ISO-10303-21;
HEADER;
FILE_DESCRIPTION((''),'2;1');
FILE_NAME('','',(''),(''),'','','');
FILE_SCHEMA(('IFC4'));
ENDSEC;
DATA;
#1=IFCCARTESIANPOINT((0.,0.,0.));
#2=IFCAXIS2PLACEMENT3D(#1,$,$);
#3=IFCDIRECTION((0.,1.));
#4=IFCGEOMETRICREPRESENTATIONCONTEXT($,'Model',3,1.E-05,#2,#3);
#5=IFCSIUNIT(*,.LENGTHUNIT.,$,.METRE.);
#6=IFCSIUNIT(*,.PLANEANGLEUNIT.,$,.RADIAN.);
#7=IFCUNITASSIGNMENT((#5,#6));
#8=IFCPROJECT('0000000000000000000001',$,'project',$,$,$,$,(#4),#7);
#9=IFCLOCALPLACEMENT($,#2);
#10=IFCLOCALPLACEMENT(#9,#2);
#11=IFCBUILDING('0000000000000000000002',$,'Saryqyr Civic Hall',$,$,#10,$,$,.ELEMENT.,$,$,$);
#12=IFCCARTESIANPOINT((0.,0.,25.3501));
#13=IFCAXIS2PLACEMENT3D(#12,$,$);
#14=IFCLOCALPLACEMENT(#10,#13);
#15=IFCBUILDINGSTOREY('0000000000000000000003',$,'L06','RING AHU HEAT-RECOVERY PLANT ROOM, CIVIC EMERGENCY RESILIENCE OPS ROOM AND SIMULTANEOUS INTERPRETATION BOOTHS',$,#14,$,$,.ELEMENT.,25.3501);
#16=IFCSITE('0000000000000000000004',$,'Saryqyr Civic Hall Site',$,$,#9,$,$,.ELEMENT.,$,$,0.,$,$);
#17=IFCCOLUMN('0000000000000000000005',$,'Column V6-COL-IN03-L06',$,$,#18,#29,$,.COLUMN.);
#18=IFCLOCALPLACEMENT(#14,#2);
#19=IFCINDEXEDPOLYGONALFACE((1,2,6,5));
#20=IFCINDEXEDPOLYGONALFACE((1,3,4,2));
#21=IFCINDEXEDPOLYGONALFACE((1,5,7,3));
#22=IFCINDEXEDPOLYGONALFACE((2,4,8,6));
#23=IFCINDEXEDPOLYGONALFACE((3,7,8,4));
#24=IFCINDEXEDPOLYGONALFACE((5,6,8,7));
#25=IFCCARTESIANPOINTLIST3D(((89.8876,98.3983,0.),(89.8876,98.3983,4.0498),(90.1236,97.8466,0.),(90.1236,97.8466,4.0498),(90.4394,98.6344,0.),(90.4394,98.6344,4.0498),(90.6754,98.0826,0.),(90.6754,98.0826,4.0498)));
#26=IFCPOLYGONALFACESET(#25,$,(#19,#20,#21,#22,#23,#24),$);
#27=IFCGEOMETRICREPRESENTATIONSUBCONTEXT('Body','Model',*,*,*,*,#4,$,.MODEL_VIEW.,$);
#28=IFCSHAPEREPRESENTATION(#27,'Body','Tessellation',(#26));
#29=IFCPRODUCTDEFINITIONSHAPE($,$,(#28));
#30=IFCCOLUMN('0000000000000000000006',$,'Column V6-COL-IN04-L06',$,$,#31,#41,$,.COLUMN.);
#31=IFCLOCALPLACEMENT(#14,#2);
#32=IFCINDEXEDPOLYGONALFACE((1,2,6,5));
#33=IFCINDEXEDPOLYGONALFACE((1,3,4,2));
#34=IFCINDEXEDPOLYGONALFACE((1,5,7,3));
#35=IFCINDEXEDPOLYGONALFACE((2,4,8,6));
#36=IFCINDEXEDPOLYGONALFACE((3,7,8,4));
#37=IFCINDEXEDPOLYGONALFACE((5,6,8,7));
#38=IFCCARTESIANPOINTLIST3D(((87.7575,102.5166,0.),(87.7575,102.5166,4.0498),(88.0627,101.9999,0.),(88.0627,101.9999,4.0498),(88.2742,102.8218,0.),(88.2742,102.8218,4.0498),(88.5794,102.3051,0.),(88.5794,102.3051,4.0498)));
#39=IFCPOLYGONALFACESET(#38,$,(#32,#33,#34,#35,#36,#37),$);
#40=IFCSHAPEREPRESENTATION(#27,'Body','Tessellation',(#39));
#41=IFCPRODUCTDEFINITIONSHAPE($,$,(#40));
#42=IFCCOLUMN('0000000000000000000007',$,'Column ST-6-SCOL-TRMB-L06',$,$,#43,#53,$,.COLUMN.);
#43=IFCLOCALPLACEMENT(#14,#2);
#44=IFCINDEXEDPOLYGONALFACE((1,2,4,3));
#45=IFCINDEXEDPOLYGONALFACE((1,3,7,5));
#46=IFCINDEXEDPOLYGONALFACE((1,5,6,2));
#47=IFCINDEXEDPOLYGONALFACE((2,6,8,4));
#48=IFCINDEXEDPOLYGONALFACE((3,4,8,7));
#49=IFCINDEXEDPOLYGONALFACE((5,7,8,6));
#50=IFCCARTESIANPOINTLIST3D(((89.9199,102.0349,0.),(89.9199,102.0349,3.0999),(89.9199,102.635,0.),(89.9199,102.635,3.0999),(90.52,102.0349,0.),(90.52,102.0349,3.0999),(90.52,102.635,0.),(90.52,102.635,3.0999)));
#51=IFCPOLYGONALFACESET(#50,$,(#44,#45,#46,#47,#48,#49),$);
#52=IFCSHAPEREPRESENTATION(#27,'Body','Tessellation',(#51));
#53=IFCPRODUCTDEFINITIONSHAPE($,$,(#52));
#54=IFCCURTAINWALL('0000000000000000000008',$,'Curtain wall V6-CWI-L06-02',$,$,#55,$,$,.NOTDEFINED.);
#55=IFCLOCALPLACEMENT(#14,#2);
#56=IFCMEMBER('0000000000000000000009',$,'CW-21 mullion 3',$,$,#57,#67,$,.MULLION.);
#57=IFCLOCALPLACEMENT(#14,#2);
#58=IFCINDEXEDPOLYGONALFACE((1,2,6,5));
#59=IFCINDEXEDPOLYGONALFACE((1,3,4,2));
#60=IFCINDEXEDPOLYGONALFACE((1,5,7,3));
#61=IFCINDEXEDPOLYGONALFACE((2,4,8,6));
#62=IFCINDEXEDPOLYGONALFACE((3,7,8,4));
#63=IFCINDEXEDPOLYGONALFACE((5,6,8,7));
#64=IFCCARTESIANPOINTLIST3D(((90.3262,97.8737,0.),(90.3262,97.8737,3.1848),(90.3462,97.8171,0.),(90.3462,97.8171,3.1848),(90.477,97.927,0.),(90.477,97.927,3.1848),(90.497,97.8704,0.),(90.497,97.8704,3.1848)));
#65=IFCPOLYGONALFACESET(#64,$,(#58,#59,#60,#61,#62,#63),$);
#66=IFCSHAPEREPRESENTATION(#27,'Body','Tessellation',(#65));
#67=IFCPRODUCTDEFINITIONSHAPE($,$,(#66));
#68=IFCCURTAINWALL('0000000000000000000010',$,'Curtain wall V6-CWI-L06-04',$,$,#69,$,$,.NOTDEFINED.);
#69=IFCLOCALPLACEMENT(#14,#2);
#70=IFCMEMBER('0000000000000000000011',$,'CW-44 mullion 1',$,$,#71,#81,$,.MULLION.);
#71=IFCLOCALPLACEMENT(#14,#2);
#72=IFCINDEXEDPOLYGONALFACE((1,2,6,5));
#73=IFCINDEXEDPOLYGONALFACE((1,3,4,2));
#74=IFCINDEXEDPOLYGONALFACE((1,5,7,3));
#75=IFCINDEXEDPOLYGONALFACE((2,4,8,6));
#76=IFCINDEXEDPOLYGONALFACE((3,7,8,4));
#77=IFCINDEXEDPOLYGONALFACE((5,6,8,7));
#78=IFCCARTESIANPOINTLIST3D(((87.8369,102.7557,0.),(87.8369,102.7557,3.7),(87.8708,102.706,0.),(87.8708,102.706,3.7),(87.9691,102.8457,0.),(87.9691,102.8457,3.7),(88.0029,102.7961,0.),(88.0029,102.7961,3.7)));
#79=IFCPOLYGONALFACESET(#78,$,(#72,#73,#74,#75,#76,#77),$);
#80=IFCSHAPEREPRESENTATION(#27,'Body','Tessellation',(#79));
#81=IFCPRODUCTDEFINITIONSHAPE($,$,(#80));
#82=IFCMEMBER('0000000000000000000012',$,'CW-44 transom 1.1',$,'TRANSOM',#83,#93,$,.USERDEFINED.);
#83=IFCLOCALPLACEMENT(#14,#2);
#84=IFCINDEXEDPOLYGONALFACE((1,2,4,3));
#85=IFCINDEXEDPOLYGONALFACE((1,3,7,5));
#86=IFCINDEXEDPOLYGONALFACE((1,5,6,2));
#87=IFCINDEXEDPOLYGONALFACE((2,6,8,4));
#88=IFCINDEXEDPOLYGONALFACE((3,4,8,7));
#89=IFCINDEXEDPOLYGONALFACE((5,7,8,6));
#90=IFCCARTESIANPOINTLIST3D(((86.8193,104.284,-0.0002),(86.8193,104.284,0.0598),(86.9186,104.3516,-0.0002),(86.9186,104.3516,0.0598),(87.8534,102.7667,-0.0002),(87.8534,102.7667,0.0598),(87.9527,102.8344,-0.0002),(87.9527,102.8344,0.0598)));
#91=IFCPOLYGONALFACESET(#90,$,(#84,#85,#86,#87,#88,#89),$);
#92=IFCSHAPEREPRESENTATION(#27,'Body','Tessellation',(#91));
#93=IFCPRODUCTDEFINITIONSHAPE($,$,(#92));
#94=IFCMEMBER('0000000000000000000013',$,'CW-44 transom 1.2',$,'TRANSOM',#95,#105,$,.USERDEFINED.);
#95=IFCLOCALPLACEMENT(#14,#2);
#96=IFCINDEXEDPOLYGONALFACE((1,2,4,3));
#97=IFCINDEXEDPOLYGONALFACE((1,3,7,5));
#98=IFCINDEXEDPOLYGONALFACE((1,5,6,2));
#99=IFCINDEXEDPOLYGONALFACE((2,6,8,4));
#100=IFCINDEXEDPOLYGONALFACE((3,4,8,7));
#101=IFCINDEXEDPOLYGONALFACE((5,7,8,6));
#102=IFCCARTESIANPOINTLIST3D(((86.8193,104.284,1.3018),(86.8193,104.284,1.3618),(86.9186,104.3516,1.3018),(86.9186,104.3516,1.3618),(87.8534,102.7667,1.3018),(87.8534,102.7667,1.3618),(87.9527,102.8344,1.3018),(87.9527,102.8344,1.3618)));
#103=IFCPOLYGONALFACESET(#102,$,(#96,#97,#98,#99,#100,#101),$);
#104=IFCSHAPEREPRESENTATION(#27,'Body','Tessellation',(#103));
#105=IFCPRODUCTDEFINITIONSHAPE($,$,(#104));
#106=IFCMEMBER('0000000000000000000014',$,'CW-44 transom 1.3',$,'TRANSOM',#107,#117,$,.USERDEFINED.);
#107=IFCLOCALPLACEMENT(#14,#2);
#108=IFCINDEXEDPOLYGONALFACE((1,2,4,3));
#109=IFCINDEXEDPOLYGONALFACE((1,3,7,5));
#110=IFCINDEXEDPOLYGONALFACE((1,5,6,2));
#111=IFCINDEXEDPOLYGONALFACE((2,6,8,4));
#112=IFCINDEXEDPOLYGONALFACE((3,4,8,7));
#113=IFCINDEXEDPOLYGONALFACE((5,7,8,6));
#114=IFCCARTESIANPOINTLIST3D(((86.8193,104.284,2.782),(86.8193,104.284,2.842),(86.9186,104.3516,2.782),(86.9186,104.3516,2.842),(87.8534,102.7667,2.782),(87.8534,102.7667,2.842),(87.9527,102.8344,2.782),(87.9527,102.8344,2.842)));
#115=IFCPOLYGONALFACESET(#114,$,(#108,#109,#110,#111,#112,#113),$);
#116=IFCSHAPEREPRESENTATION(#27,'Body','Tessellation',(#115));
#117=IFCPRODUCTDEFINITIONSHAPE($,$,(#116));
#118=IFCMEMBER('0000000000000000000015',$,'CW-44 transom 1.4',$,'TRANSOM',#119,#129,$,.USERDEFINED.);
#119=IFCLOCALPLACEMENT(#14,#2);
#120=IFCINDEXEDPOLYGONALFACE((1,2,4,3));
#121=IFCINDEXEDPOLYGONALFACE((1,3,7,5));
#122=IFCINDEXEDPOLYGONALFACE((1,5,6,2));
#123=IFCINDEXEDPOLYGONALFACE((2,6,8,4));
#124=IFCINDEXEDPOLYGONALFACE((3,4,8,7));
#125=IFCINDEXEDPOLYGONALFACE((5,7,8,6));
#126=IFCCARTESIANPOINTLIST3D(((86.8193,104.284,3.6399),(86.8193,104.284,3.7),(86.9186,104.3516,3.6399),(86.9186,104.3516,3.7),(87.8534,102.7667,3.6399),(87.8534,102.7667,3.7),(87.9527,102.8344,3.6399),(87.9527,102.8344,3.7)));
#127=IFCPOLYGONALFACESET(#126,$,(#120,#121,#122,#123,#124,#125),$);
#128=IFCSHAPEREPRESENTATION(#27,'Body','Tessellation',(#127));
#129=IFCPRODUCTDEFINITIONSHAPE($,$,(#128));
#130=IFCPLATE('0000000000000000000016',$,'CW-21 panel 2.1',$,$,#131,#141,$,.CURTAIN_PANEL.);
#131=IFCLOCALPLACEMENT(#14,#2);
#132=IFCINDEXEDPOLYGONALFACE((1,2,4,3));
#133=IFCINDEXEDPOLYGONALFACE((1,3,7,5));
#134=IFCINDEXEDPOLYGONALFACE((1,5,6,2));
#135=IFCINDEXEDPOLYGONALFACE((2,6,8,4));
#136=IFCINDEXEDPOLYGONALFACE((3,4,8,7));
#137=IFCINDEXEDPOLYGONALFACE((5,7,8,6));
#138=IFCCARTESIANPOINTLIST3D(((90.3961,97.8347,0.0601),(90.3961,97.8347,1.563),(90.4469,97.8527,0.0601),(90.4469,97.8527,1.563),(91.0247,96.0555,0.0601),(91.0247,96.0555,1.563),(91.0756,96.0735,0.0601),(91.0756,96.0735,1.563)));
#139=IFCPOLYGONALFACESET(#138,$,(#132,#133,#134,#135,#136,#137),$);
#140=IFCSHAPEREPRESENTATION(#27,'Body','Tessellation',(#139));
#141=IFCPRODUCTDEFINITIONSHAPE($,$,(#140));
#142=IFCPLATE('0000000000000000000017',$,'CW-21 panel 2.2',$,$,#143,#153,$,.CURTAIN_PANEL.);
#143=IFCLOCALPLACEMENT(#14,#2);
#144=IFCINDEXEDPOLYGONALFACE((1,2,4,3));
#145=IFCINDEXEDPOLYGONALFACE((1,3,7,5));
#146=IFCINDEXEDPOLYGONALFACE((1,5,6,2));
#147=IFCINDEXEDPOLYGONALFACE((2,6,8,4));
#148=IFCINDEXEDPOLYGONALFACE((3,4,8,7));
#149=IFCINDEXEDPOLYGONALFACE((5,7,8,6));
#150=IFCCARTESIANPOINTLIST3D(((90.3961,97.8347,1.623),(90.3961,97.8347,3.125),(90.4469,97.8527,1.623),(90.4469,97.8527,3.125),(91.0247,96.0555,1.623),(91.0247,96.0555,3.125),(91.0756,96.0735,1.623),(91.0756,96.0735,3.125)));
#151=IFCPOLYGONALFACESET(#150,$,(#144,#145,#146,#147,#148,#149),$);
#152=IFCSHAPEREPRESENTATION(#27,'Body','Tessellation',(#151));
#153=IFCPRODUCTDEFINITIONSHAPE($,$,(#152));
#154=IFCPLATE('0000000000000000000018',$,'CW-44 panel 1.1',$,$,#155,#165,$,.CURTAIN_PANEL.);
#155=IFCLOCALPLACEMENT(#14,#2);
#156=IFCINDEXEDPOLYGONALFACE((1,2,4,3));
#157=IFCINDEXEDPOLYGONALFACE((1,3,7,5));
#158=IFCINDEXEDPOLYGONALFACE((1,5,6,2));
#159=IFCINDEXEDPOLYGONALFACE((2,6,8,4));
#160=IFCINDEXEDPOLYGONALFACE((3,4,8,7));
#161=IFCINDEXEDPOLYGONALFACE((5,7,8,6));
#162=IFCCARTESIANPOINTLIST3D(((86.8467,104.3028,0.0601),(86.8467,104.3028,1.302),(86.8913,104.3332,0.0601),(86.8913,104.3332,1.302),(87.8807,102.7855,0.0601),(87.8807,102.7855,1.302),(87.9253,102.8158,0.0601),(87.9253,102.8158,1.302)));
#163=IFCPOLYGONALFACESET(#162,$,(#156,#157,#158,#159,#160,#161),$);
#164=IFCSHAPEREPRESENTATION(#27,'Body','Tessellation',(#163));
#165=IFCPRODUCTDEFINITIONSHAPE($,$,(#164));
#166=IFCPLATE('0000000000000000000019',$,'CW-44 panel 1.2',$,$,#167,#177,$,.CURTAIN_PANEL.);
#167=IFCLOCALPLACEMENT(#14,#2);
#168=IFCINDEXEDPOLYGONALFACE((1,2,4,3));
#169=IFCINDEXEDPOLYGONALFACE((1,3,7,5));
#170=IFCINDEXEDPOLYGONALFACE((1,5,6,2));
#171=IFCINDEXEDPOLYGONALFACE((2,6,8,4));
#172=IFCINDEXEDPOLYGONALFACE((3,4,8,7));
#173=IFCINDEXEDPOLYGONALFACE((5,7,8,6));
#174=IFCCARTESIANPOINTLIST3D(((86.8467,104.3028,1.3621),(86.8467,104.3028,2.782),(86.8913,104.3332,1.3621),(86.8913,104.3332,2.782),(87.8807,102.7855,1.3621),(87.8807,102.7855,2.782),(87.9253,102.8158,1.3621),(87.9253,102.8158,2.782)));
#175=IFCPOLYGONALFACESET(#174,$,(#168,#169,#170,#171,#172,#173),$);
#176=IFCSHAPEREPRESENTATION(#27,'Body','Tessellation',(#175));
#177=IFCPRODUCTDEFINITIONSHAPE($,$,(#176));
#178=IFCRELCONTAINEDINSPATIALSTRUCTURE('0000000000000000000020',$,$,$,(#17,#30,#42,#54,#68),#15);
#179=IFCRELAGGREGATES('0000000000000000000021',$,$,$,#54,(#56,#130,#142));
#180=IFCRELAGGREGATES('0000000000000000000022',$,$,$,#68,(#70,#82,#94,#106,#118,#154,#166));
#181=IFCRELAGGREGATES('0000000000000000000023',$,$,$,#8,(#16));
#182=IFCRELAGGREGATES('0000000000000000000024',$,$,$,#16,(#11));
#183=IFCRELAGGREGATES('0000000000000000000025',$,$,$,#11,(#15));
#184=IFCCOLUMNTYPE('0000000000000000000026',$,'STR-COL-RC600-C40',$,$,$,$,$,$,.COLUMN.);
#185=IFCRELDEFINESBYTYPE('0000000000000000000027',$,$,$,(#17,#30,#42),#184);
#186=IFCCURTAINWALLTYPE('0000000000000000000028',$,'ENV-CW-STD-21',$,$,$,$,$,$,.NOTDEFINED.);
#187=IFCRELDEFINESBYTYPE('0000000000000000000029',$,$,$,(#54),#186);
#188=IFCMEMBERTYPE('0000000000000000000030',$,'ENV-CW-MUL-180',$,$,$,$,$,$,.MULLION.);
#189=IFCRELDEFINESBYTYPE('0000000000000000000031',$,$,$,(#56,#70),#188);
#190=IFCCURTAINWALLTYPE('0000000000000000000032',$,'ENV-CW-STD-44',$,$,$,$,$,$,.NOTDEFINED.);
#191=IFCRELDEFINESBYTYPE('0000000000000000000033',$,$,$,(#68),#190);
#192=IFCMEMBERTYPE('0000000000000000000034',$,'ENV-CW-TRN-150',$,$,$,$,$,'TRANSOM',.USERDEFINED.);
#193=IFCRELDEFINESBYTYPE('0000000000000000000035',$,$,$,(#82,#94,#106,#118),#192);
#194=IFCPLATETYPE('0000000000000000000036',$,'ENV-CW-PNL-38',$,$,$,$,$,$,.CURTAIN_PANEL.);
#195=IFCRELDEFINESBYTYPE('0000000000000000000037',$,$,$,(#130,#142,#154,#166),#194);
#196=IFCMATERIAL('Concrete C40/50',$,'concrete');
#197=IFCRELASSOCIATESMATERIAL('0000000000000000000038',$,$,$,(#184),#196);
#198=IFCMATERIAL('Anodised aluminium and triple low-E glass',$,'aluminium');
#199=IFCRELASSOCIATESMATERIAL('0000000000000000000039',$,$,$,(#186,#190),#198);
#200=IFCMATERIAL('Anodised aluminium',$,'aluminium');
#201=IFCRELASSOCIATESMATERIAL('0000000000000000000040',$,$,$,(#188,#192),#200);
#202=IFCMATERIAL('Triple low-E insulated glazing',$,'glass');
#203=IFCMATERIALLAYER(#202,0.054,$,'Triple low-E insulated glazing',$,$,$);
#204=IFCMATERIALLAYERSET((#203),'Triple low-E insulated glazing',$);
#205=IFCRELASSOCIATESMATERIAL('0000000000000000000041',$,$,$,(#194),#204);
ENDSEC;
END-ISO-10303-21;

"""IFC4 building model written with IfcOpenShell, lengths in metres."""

from ifc_helpers import new_model, si_unit, direction, frame, origin, origin_2d, place, context, subcontext, project, spatial, rectangle, extrude, material, layer, layer_set, material_profile, profile_set, type_object, element, aggregate, save


model = new_model("IFC4")

# Units and contexts
model_context = context("Model", 3, precision=1e-05, world=origin(), true_north=direction((0.0, 1.0)))
body_context = subcontext(model_context, "Body", "Model", "MODEL_VIEW")
ifc_project = project(units=[si_unit("LENGTHUNIT", "METRE"), si_unit("PLANEANGLEUNIT", "RADIAN")], contexts=[model_context])

# Site, building, storey
site_placement = place(None, origin())
site = spatial("IfcSite", under=ifc_project, at=site_placement, Name="Saryqyr Civic Hall Site", CompositionType="ELEMENT", RefElevation=0.0)
building_placement = place(site_placement, origin())
building = spatial("IfcBuilding", under=site, at=building_placement, Name="Saryqyr Civic Hall", CompositionType="ELEMENT")
storey_placement = place(building_placement, frame((0.0, 0.0, 25.3501)))
storey = spatial("IfcBuildingStorey", under=building, at=storey_placement, Name="L06", Description="RING AHU HEAT-RECOVERY PLANT ROOM, CIVIC EMERGENCY RESILIENCE OPS ROOM AND SIMULTANEOUS INTERPRETATION BOOTHS", CompositionType="ELEMENT", Elevation=25.3501)

# Columns
ifc_material_1 = material(Name="Concrete C40/50", Category="concrete")
ifc_material_profile_1 = material_profile(ifc_material_1, rectangle(XDim=0.6001, YDim=0.6001, at=origin_2d()), Name="RC 600x600")
ifc_profile_set_1 = profile_set([ifc_material_profile_1], Name="Concrete C40/50")
column_type = type_object("IfcColumnType", Name="STR-COL-RC600-C40", PredefinedType="COLUMN", material=ifc_profile_set_1)
for number, where, z_axis, x_axis, name in (
    (1, (90.2815, 98.2405, 0.0), (0.0, 0.0, 1.0), (0.91941, 0.3933, 0.0), "Column V6-COL-IN03-L06"),
    (2, (88.1685, 102.4109, 0.0), (0.0, 0.0, 1.0), (0.861008, 0.508591, 0.0), "Column V6-COL-IN04-L06"),
):
    element("IfcColumn", number, at=place(storey_placement, frame(where, z_axis=z_axis, x_axis=x_axis)), inside=storey, type_object=column_type, Name=name, PredefinedType="COLUMN", context=body_context, shape_type="SweptSolid", body=[
        extrude(rectangle(XDim=0.6001, YDim=0.6001, at=origin_2d()), origin(), (0.0, 0.0, 1.0), 4.0498),
    ])
column_placement = place(storey_placement, frame((90.22, 102.335, 0.0), z_axis=(0.0, 0.0, 1.0), x_axis=(1.0, 0.0, 0.0)))
element("IfcColumn", 3, at=column_placement, inside=storey, type_object=column_type, Name="Column ST-6-SCOL-TRMB-L06", PredefinedType="COLUMN", context=body_context, shape_type="SweptSolid", body=[
    extrude(rectangle(XDim=0.6001, YDim=0.6001, at=origin_2d()), origin(), (0.0, 0.0, 1.0), 3.0999),
])

# Curtain wall, member
ifc_material_2 = material(Name="Anodised aluminium and triple low-E glass", Category="aluminium")
curtain_wall_type_1 = type_object("IfcCurtainWallType", Name="ENV-CW-STD-21", PredefinedType="NOTDEFINED", material=ifc_material_2)
curtain_wall_1_placement = place(storey_placement, origin())
curtain_wall_1 = element("IfcCurtainWall", 4, at=curtain_wall_1_placement, inside=storey, type_object=curtain_wall_type_1, Name="Curtain wall V6-CWI-L06-02", PredefinedType="NOTDEFINED")
ifc_material_3 = material(Name="Anodised aluminium", Category="aluminium")
ifc_material_profile_2 = material_profile(ifc_material_3, rectangle(XDim=0.0601, YDim=0.1599, at=origin_2d()), Name="ALU MULLION 60x160")
ifc_profile_set_2 = profile_set([ifc_material_profile_2], Name="Anodised aluminium")
member_type_1 = type_object("IfcMemberType", Name="ENV-CW-MUL-180", PredefinedType="MULLION", material=ifc_profile_set_2)
member_1_placement = place(storey_placement, frame((90.4116, 97.8721, 0.0), z_axis=(0.0, 0.0, 1.0), x_axis=(-0.333172, 0.942866, 0.0)))
member_1 = element("IfcMember", 5, at=member_1_placement, type_object=member_type_1, Name="CW-21 mullion 3", PredefinedType="MULLION", context=body_context, shape_type="SweptSolid", body=[
    extrude(rectangle(XDim=0.0601, YDim=0.1599, at=origin_2d()), origin(), (0.0, 0.0, 1.0), 3.1848),
])

# Curtain wall, members
curtain_wall_type_2 = type_object("IfcCurtainWallType", Name="ENV-CW-STD-44", PredefinedType="NOTDEFINED", material=ifc_material_2)
curtain_wall_2_placement = place(storey_placement, origin())
curtain_wall_2 = element("IfcCurtainWall", 6, at=curtain_wall_2_placement, inside=storey, type_object=curtain_wall_type_2, Name="Curtain wall V6-CWI-L06-04", PredefinedType="NOTDEFINED")
member_2_placement = place(storey_placement, frame((87.9199, 102.7759, 0.0), z_axis=(0.0, 0.0, 1.0), x_axis=(-0.56313, 0.826368, 0.0)))
member_2 = element("IfcMember", 7, at=member_2_placement, type_object=member_type_1, Name="CW-44 mullion 1", PredefinedType="MULLION", context=body_context, shape_type="SweptSolid", body=[
    extrude(rectangle(XDim=0.0601, YDim=0.1599, at=origin_2d()), origin(), (0.0, 0.0, 1.0), 3.7),
])
ifc_material_profile_3 = material_profile(ifc_material_3, rectangle(XDim=0.1201, YDim=0.0601, at=origin_2d()), Name="ALU TRANSOM 120x60")
ifc_profile_set_3 = profile_set([ifc_material_profile_3], Name="Anodised aluminium")
member_type_2 = type_object("IfcMemberType", Name="ENV-CW-TRN-150", ElementType="TRANSOM", PredefinedType="USERDEFINED", material=ifc_profile_set_3)
member_3_placement = place(storey_placement, frame((87.9031, 102.8005, 0.0298), z_axis=(-0.563201, 0.82632, 0.0), x_axis=(-0.82632, -0.563201, 0.0)))
member_3 = element("IfcMember", 8, at=member_3_placement, type_object=member_type_2, Name="CW-44 transom 1.1", ObjectType="TRANSOM", PredefinedType="USERDEFINED", context=body_context, shape_type="SweptSolid", body=[
    extrude(rectangle(XDim=0.1201, YDim=0.0601, at=origin_2d()), origin(), (0.0, 0.0, 1.0), 1.8362),
])
member_4_placement = place(storey_placement, frame((87.9031, 102.8005, 1.3318), z_axis=(-0.563201, 0.82632, 0.0), x_axis=(-0.82632, -0.563201, 0.0)))
member_4 = element("IfcMember", 9, at=member_4_placement, type_object=member_type_2, Name="CW-44 transom 1.2", ObjectType="TRANSOM", PredefinedType="USERDEFINED", context=body_context, shape_type="SweptSolid", body=[
    extrude(rectangle(XDim=0.1201, YDim=0.0601, at=origin_2d()), origin(), (0.0, 0.0, 1.0), 1.8362),
])
member_5_placement = place(storey_placement, frame((87.9031, 102.8005, 2.812), z_axis=(-0.563201, 0.82632, 0.0), x_axis=(-0.82632, -0.563201, 0.0)))
member_5 = element("IfcMember", 10, at=member_5_placement, type_object=member_type_2, Name="CW-44 transom 1.3", ObjectType="TRANSOM", PredefinedType="USERDEFINED", context=body_context, shape_type="SweptSolid", body=[
    extrude(rectangle(XDim=0.1201, YDim=0.0601, at=origin_2d()), origin(), (0.0, 0.0, 1.0), 1.8362),
])
member_6_placement = place(storey_placement, frame((87.9031, 102.8005, 3.6699), z_axis=(-0.563201, 0.82632, 0.0), x_axis=(-0.82632, -0.563201, 0.0)))
member_6 = element("IfcMember", 11, at=member_6_placement, type_object=member_type_2, Name="CW-44 transom 1.4", ObjectType="TRANSOM", PredefinedType="USERDEFINED", context=body_context, shape_type="SweptSolid", body=[
    extrude(rectangle(XDim=0.1201, YDim=0.0601, at=origin_2d()), origin(), (0.0, 0.0, 1.0), 1.8362),
])

# Plates
ifc_material_4 = material(Name="Triple low-E insulated glazing", Category="glass")
ifc_layer_1 = layer(ifc_material_4, 0.054, Name="Triple low-E insulated glazing")
ifc_layer_set_1 = layer_set([ifc_layer_1], Name="Triple low-E insulated glazing")
plate_type = type_object("IfcPlateType", Name="ENV-CW-PNL-38", PredefinedType="CURTAIN_PANEL", material=ifc_layer_set_1)
plate_1_placement = place(storey_placement, frame((90.7358, 96.9541, 0.0601), z_axis=(0.0, 0.0, 1.0), x_axis=(-0.333172, 0.942866, 0.0)))
plate_1 = element("IfcPlate", 12, at=plate_1_placement, type_object=plate_type, Name="CW-21 panel 2.1", PredefinedType="CURTAIN_PANEL", context=body_context, shape_type="SweptSolid", body=[
    extrude(rectangle(XDim=1.887, YDim=0.054, at=origin_2d()), origin(), (0.0, 0.0, 1.0), 1.5029),
])
plate_2_placement = place(storey_placement, frame((90.7358, 96.9541, 1.623), z_axis=(0.0, 0.0, 1.0), x_axis=(-0.333172, 0.942866, 0.0)))
plate_2 = element("IfcPlate", 13, at=plate_2_placement, type_object=plate_type, Name="CW-21 panel 2.2", PredefinedType="CURTAIN_PANEL", context=body_context, shape_type="SweptSolid", body=[
    extrude(rectangle(XDim=1.887, YDim=0.054, at=origin_2d()), origin(), (0.0, 0.0, 1.0), 1.502),
])
aggregate(curtain_wall_1, [member_1, plate_1, plate_2])
plate_3_placement = place(storey_placement, frame((87.386, 103.5593, 0.0601), z_axis=(0.0, 0.0, 1.0), x_axis=(-0.56313, 0.826368, 0.0)))
plate_3 = element("IfcPlate", 14, at=plate_3_placement, type_object=plate_type, Name="CW-44 panel 1.1", PredefinedType="CURTAIN_PANEL", context=body_context, shape_type="SweptSolid", body=[
    extrude(rectangle(XDim=1.8362, YDim=0.054, at=origin_2d()), origin(), (0.0, 0.0, 1.0), 1.2419),
])
plate_4_placement = place(storey_placement, frame((87.386, 103.5593, 1.3621), z_axis=(0.0, 0.0, 1.0), x_axis=(-0.56313, 0.826368, 0.0)))
plate_4 = element("IfcPlate", 15, at=plate_4_placement, type_object=plate_type, Name="CW-44 panel 1.2", PredefinedType="CURTAIN_PANEL", context=body_context, shape_type="SweptSolid", body=[
    extrude(rectangle(XDim=1.8362, YDim=0.054, at=origin_2d()), origin(), (0.0, 0.0, 1.0), 1.4199),
])
aggregate(curtain_wall_2, [member_2, member_3, member_4, member_5, member_6, plate_3, plate_4])

save(model, "model.ifc")
